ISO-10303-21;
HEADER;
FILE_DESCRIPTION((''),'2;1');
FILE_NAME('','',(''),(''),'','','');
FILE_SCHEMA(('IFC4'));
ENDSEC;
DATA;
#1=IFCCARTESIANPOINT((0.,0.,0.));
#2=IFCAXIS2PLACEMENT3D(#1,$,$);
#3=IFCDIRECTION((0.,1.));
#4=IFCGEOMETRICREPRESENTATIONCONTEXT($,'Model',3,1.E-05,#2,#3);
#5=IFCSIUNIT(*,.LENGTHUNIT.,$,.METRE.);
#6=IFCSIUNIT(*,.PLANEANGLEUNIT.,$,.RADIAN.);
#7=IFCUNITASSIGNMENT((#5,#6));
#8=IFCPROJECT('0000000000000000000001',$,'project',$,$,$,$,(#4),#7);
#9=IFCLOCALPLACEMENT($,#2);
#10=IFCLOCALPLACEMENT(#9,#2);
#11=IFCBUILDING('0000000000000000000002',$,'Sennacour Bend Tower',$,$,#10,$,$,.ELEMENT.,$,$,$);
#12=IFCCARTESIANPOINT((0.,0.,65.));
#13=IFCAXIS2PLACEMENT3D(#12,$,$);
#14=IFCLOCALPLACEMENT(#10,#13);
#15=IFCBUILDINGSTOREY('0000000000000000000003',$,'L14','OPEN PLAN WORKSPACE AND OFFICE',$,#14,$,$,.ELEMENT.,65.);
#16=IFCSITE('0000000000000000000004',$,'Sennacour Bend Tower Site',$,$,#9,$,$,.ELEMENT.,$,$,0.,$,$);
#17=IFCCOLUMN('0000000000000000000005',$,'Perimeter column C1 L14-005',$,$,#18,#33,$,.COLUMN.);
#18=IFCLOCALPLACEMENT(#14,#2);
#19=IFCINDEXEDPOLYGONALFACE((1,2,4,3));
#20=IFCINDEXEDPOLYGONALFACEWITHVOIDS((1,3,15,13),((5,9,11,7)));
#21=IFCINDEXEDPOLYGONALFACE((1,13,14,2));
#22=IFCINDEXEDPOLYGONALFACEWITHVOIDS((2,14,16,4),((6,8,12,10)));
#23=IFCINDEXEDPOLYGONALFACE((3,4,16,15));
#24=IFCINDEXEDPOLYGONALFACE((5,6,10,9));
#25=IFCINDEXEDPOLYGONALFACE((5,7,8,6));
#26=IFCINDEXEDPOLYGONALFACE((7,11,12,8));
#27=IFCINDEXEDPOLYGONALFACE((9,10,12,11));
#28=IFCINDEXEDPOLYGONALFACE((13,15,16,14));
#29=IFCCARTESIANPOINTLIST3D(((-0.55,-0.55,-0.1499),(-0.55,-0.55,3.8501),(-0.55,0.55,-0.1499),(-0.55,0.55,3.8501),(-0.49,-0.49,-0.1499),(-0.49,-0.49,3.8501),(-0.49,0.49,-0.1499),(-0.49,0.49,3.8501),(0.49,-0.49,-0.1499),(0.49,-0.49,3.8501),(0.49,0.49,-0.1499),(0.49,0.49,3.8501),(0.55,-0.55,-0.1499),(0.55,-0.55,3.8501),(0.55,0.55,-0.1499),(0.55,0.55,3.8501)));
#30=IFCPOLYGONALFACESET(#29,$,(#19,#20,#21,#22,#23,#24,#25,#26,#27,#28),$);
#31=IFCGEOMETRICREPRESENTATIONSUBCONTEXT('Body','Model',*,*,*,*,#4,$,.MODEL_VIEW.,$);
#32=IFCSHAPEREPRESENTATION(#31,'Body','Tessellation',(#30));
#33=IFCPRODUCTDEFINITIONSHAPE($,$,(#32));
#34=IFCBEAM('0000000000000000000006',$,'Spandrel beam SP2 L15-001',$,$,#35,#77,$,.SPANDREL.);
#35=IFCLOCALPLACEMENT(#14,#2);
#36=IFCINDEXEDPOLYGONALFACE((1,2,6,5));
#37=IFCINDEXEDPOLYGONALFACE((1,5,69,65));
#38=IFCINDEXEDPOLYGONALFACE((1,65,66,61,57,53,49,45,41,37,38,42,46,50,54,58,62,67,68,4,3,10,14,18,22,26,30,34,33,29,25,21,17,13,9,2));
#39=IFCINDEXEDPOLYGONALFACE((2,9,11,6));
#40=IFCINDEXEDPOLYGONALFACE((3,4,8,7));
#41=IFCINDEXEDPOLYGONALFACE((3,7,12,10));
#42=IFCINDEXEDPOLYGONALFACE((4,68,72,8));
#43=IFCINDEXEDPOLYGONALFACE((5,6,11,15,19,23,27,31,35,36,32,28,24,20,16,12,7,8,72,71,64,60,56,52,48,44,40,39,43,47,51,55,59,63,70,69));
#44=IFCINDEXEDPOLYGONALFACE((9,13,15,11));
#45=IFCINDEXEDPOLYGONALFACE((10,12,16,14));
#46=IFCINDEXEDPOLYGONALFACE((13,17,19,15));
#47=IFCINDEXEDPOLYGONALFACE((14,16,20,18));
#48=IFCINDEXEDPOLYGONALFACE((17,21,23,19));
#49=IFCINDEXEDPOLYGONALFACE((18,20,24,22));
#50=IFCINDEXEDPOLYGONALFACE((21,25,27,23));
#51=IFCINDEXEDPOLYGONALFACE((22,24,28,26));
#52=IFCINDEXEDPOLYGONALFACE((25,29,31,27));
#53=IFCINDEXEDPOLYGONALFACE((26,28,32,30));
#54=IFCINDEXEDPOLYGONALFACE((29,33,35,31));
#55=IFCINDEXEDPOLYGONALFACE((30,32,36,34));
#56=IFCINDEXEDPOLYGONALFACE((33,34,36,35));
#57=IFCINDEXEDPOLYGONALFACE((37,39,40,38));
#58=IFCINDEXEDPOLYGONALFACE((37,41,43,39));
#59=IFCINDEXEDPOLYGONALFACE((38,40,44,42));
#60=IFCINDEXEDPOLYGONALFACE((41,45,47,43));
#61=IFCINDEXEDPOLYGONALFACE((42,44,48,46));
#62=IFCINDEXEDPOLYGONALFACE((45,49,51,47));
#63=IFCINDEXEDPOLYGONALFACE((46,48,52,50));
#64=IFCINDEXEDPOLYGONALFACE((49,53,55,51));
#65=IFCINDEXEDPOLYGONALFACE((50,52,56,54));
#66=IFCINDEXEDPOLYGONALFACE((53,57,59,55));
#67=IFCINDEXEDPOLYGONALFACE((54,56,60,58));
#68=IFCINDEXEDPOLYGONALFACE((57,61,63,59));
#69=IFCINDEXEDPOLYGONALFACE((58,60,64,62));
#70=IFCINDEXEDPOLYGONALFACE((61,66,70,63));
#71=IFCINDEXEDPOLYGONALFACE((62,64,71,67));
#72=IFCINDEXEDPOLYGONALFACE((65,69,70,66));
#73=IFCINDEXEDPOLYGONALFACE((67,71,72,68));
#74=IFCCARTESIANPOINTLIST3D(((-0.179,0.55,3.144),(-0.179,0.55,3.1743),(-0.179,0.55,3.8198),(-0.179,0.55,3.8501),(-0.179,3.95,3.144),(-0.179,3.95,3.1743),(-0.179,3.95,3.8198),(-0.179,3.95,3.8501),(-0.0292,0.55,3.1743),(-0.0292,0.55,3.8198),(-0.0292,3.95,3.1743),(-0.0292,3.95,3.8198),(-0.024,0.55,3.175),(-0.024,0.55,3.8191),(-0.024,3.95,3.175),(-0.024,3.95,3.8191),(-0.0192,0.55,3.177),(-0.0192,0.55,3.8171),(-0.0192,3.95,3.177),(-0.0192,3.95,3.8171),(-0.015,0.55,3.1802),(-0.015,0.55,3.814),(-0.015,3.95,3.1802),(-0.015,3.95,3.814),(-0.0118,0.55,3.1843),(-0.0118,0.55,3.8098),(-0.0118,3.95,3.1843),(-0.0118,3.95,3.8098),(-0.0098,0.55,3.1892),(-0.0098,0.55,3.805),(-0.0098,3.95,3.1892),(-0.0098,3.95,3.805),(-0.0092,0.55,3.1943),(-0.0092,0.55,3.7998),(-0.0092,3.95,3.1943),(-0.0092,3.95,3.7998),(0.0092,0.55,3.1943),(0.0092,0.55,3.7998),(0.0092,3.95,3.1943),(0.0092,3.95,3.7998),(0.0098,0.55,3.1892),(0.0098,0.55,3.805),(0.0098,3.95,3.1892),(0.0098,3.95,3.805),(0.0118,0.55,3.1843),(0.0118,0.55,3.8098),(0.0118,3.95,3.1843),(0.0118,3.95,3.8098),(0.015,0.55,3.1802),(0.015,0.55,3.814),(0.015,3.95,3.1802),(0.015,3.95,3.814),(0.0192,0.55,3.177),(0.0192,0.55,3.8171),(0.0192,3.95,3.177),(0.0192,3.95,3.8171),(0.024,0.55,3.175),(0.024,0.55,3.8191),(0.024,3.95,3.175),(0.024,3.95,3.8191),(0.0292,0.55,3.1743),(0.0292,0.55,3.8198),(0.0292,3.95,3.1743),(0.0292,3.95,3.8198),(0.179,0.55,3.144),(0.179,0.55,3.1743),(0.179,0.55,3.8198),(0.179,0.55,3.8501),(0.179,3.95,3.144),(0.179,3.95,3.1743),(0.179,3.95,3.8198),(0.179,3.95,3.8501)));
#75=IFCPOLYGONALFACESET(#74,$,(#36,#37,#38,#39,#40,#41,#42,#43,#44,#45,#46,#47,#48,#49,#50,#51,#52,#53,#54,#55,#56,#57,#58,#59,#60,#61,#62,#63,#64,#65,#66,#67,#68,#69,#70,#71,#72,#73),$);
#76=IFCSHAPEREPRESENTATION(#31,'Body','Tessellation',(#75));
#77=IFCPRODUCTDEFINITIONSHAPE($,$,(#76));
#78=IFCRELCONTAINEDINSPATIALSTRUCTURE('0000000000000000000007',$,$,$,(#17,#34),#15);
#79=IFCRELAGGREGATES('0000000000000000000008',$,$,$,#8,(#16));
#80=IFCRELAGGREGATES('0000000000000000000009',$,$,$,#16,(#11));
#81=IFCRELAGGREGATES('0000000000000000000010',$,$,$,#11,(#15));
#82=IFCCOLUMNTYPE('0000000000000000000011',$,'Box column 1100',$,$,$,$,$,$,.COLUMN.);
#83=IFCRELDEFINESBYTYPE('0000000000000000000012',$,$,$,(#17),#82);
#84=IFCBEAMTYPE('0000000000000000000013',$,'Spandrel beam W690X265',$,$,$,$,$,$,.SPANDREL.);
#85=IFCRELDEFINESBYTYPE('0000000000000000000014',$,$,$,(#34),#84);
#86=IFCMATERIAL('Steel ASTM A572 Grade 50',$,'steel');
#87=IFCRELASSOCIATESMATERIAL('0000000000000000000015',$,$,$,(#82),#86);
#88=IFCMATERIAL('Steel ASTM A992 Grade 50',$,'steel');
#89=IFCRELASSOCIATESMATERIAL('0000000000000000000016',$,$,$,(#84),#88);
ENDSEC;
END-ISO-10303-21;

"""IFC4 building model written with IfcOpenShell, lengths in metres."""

from ifc_helpers import new_model, si_unit, direction, frame, origin, origin_2d, place, context, subcontext, project, spatial, hollow_rectangle, i_section, extrude, material, material_profile, profile_set, type_object, element, save


model = new_model("IFC4")

# Units and contexts
model_context = context("Model", 3, precision=1e-05, world=origin(), true_north=direction((0.0, 1.0)))
body_context = subcontext(model_context, "Body", "Model", "MODEL_VIEW")
ifc_project = project(units=[si_unit("LENGTHUNIT", "METRE"), si_unit("PLANEANGLEUNIT", "RADIAN")], contexts=[model_context])

# Site, building, storey
site_placement = place(None, origin())
site = spatial("IfcSite", under=ifc_project, at=site_placement, Name="Sennacour Bend Tower Site", CompositionType="ELEMENT", RefElevation=0.0)
building_placement = place(site_placement, origin())
building = spatial("IfcBuilding", under=site, at=building_placement, Name="Sennacour Bend Tower", CompositionType="ELEMENT")
storey_placement = place(building_placement, frame((0.0, 0.0, 65.0)))
storey = spatial("IfcBuildingStorey", under=building, at=storey_placement, Name="L14", Description="OPEN PLAN WORKSPACE AND OFFICE", CompositionType="ELEMENT", Elevation=65.0)

# Column
ifc_material_1 = material(Name="Steel ASTM A572 Grade 50", Category="steel")
ifc_material_profile_1 = material_profile(ifc_material_1, hollow_rectangle(XDim=1.1001, YDim=1.1001, WallThickness=0.0601, at=origin_2d()), Name="Steel ASTM A572 Grade 50", Category="steel")
ifc_profile_set_1 = profile_set([ifc_material_profile_1], Name="Steel ASTM A572 Grade 50")
column_type = type_object("IfcColumnType", Name="Box column 1100", PredefinedType="COLUMN", material=ifc_profile_set_1)
column_placement = place(storey_placement, frame((0.0, 0.0, -0.1499), z_axis=(0.0, 0.0, 1.0), x_axis=(1.0, 0.0, 0.0)))
element("IfcColumn", 1, at=column_placement, inside=storey, type_object=column_type, Name="Perimeter column C1 L14-005", PredefinedType="COLUMN", context=body_context, shape_type="SweptSolid", body=[
    extrude(hollow_rectangle(XDim=1.1001, YDim=1.1001, WallThickness=0.0601, at=origin_2d()), origin(), (0.0, 0.0, 1.0), 4.0),
])

# Beam
ifc_material_2 = material(Name="Steel ASTM A992 Grade 50", Category="steel")
ifc_material_profile_2 = material_profile(ifc_material_2, i_section(OverallWidth=0.3579, OverallDepth=0.7061, WebThickness=0.0183, FlangeThickness=0.0303, FilletRadius=0.02, at=origin_2d()), Name="Steel ASTM A992 Grade 50", Category="steel")
ifc_profile_set_2 = profile_set([ifc_material_profile_2], Name="Steel ASTM A992 Grade 50")
beam_type = type_object("IfcBeamType", Name="Spandrel beam W690X265", PredefinedType="SPANDREL", material=ifc_profile_set_2)
beam_placement = place(storey_placement, frame((0.0, 0.55, 3.4971), z_axis=(0.0, 1.0, 0.0), x_axis=(-1.0, 0.0, 0.0)))
element("IfcBeam", 2, at=beam_placement, inside=storey, type_object=beam_type, Name="Spandrel beam SP2 L15-001", PredefinedType="SPANDREL", context=body_context, shape_type="SweptSolid", body=[
    extrude(i_section(OverallWidth=0.3579, OverallDepth=0.7061, WebThickness=0.0183, FlangeThickness=0.0303, FilletRadius=0.02, at=origin_2d()), origin(), (0.0, 0.0, 1.0), 3.3999),
])

save(model, "model.ifc")
